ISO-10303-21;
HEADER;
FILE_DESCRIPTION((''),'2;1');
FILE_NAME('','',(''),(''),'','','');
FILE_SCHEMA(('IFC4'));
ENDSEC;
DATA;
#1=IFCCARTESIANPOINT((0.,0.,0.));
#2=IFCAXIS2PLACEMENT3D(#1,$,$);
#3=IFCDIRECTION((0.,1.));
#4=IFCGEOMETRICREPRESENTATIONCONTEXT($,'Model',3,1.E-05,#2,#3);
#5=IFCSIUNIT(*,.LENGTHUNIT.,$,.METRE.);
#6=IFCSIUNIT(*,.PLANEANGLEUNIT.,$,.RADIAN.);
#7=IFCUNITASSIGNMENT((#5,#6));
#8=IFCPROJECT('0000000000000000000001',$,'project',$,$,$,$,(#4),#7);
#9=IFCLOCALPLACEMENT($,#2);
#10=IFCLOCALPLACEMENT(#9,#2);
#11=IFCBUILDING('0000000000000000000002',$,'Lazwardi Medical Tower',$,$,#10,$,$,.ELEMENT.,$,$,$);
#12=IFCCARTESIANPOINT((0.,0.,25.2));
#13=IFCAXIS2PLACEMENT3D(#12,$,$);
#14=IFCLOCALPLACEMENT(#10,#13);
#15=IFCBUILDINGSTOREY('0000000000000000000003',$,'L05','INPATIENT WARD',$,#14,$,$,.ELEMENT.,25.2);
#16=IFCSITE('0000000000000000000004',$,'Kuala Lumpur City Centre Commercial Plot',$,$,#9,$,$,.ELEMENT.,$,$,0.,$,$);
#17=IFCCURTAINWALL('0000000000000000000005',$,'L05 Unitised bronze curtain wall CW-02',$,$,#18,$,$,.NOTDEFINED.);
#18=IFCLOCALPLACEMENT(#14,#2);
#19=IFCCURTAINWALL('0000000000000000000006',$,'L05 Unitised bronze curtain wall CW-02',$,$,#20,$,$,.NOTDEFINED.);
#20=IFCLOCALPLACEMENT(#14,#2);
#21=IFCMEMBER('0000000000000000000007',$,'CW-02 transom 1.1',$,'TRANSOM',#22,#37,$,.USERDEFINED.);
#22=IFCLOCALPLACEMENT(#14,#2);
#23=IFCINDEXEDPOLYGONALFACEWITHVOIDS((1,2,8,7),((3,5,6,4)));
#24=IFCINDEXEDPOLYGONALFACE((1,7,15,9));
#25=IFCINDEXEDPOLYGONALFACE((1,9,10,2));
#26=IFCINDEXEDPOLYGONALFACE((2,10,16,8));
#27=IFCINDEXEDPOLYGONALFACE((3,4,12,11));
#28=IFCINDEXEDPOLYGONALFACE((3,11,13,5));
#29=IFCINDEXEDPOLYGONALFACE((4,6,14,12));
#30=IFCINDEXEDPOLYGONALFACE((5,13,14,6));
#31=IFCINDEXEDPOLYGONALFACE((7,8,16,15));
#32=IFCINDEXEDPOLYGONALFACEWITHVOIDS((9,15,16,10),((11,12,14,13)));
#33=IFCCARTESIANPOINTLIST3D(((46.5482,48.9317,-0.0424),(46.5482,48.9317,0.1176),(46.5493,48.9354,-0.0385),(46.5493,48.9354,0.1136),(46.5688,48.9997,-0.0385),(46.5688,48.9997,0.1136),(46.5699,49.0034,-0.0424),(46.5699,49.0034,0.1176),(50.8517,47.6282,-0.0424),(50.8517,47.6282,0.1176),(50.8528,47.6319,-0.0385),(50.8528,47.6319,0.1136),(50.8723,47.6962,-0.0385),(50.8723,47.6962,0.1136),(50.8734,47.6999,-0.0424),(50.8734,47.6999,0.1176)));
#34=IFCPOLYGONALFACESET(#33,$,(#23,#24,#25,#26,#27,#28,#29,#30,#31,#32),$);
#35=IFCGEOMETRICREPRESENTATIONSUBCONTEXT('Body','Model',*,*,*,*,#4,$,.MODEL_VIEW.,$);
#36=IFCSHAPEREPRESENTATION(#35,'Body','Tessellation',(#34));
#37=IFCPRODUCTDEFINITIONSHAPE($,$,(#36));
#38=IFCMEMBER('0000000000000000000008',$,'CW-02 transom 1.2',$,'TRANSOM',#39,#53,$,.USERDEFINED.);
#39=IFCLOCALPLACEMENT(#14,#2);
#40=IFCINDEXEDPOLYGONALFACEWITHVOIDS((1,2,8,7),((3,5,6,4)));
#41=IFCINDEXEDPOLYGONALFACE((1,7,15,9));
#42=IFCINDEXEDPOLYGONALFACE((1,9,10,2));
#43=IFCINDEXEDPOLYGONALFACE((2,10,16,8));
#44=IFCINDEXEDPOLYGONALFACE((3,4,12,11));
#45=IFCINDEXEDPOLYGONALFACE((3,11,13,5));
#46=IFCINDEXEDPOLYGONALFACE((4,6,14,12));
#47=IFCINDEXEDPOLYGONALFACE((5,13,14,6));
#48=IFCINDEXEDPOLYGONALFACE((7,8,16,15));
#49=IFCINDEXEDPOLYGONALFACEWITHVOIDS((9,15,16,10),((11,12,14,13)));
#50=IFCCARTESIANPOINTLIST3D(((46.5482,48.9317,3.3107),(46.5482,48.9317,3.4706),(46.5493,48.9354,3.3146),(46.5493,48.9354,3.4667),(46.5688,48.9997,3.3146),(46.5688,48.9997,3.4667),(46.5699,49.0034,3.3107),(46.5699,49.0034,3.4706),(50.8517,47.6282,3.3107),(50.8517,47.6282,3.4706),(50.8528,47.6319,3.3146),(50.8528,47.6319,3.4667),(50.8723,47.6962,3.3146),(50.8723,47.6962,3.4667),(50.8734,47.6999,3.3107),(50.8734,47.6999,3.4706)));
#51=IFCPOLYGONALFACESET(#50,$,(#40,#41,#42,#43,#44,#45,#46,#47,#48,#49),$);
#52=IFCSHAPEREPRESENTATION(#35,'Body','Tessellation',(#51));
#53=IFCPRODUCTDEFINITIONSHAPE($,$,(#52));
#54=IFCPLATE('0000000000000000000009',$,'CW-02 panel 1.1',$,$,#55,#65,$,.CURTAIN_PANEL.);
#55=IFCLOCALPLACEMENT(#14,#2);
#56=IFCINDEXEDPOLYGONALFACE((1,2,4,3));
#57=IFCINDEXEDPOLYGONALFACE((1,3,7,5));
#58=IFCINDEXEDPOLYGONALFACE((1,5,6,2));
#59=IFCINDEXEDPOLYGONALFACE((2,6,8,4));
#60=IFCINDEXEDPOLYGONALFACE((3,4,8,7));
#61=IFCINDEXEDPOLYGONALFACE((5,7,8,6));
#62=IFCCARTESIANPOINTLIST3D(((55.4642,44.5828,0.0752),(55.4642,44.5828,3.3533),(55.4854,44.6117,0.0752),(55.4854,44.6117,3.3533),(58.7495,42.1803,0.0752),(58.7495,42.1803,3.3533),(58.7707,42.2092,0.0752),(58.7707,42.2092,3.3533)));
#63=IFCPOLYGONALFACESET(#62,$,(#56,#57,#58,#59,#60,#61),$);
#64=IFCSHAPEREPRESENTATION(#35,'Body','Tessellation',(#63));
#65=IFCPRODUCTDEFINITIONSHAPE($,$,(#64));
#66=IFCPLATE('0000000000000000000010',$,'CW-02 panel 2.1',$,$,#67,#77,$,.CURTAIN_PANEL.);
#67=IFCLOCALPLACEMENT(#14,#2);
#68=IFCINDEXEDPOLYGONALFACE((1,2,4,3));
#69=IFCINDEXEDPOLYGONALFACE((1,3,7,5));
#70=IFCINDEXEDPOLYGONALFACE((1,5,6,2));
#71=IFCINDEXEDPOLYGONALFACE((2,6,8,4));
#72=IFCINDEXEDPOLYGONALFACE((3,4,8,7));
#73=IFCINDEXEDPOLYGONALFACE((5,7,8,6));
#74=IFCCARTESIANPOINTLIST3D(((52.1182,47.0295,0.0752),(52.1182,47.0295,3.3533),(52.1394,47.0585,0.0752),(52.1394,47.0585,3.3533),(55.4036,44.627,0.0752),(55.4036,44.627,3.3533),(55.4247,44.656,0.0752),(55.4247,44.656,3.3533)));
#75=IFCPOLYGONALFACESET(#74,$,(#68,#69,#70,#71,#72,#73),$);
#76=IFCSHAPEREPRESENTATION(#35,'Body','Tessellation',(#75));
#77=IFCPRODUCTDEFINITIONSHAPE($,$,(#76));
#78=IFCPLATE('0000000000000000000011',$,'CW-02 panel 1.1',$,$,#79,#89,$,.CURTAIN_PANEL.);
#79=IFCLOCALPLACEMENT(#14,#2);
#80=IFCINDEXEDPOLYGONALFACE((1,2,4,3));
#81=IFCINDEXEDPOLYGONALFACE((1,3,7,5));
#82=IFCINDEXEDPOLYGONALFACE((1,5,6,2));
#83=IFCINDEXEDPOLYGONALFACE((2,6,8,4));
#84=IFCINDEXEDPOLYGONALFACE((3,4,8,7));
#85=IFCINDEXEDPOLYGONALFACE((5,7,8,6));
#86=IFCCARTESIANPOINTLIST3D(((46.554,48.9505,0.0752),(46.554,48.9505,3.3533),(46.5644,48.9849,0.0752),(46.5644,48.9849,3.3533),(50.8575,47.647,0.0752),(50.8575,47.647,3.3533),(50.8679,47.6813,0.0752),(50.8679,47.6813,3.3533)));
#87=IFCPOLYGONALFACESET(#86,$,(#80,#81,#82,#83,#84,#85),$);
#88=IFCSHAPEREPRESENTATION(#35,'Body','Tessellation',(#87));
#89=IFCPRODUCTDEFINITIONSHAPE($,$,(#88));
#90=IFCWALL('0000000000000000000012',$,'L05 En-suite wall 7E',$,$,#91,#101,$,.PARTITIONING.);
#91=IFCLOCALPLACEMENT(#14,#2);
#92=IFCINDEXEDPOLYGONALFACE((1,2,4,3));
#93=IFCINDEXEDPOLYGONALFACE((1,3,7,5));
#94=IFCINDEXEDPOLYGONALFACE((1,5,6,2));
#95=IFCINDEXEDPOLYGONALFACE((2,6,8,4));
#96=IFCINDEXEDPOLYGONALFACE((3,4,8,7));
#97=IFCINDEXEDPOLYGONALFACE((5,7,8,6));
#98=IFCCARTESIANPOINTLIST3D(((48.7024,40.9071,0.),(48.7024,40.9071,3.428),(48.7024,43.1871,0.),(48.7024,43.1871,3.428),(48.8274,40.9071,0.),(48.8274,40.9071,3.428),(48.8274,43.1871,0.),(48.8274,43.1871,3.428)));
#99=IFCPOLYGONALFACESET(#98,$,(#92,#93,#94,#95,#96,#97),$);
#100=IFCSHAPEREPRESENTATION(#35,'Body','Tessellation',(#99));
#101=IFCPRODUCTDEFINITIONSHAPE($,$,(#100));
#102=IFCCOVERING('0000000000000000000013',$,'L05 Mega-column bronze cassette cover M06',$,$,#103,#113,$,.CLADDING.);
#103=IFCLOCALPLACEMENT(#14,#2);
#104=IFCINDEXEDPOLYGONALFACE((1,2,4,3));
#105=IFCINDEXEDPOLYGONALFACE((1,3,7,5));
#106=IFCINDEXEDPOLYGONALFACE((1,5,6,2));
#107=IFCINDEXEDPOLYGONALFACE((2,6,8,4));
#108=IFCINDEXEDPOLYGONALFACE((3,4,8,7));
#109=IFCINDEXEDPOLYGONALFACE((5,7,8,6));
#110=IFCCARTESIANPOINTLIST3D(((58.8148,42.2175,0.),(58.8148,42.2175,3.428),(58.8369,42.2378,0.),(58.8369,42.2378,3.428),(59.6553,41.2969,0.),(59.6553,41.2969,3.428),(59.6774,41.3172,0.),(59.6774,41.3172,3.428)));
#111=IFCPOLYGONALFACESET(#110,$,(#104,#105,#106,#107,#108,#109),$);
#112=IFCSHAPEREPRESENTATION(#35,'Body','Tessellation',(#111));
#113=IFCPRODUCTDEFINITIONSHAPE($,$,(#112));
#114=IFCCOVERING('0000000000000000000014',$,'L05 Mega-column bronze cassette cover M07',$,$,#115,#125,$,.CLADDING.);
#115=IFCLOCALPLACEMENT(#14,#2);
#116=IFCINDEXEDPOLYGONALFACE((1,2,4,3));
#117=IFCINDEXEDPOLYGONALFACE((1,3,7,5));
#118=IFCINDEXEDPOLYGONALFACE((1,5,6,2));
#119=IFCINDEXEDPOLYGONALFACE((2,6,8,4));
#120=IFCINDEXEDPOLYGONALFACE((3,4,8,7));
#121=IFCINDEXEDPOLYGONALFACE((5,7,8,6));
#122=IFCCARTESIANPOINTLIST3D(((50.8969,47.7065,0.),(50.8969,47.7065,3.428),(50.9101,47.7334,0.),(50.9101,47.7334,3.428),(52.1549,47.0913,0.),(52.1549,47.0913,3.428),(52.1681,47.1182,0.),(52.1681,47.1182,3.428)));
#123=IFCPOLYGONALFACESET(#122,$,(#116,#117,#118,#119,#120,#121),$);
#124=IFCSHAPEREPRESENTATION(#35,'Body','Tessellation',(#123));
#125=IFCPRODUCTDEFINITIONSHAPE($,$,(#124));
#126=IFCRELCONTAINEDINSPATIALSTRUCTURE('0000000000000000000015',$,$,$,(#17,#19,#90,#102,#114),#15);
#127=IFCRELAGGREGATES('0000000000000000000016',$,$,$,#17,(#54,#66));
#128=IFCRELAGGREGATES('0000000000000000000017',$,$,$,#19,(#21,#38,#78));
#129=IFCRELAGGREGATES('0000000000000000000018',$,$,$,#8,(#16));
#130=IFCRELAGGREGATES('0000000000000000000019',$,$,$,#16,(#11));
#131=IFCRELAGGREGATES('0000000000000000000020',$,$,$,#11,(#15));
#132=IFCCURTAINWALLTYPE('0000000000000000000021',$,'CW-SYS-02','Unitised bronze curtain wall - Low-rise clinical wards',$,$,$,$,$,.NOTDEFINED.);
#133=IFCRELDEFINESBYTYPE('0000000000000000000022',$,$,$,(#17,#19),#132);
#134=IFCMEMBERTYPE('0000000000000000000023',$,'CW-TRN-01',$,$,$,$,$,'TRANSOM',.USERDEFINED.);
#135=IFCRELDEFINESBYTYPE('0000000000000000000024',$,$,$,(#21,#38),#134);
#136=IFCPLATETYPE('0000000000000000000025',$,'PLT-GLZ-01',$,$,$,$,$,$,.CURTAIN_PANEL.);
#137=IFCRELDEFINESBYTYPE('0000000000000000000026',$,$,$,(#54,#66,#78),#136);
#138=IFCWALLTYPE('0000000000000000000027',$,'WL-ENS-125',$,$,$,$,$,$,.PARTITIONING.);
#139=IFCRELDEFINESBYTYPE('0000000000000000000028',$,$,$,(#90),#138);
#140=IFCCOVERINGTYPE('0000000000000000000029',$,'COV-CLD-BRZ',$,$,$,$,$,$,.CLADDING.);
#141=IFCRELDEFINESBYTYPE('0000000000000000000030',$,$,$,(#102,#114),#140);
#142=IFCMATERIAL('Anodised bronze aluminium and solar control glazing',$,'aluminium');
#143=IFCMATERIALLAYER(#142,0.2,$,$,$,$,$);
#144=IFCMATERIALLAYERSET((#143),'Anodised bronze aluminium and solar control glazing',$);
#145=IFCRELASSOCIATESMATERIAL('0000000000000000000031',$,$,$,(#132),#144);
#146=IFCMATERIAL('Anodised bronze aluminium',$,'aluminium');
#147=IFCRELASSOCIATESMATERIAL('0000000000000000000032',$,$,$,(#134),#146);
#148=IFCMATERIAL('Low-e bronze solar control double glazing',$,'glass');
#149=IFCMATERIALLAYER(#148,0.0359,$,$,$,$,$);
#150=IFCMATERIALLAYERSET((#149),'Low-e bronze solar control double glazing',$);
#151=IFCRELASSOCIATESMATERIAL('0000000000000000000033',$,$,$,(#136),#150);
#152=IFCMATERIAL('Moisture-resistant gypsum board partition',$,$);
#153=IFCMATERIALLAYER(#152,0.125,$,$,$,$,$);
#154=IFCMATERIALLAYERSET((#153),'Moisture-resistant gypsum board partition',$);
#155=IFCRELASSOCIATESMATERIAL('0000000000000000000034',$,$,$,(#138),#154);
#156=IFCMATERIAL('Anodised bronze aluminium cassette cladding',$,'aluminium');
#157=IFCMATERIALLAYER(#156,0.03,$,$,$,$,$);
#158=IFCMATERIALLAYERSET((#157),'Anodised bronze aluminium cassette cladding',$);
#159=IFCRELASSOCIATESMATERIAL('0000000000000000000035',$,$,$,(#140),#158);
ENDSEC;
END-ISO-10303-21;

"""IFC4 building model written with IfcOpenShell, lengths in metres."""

from ifc_helpers import new_model, si_unit, direction, frame, frame_2d, origin, origin_2d, place, context, subcontext, project, spatial, rectangle, hollow_rectangle, extrude, material, layer, layer_set, material_profile, profile_set, type_object, element, aggregate, save


model = new_model("IFC4")

# Units and contexts
model_context = context("Model", 3, precision=1e-05, world=origin(), true_north=direction((0.0, 1.0)))
body_context = subcontext(model_context, "Body", "Model", "MODEL_VIEW")
ifc_project = project(units=[si_unit("LENGTHUNIT", "METRE"), si_unit("PLANEANGLEUNIT", "RADIAN")], contexts=[model_context])

# Site, building, storey
site_placement = place(None, origin())
site = spatial("IfcSite", under=ifc_project, at=site_placement, Name="Kuala Lumpur City Centre Commercial Plot", CompositionType="ELEMENT", RefElevation=0.0)
building_placement = place(site_placement, origin())
building = spatial("IfcBuilding", under=site, at=building_placement, Name="Lazwardi Medical Tower", CompositionType="ELEMENT")
storey_placement = place(building_placement, frame((0.0, 0.0, 25.2)))
storey = spatial("IfcBuildingStorey", under=building, at=storey_placement, Name="L05", Description="INPATIENT WARD", CompositionType="ELEMENT", Elevation=25.2)

# Shared definitions
ifc_material_1 = material(Name="Anodised bronze aluminium and solar control glazing", Category="aluminium")
ifc_layer_1 = layer(ifc_material_1, 0.2)
ifc_layer_set_1 = layer_set([ifc_layer_1], Name="Anodised bronze aluminium and solar control glazing")
curtain_wall_type = type_object("IfcCurtainWallType", Name="CW-SYS-02", Description="Unitised bronze curtain wall - Low-rise clinical wards", PredefinedType="NOTDEFINED", material=ifc_layer_set_1)
ifc_material_2 = material(Name="Anodised bronze aluminium", Category="aluminium")

# Curtain wall
curtain_wall_1_placement = place(storey_placement, origin())
curtain_wall_1 = element("IfcCurtainWall", 1, at=curtain_wall_1_placement, inside=storey, type_object=curtain_wall_type, Name="L05 Unitised bronze curtain wall CW-02", PredefinedType="NOTDEFINED")

# Curtain wall
curtain_wall_2_placement = place(storey_placement, origin())
curtain_wall_2 = element("IfcCurtainWall", 2, at=curtain_wall_2_placement, inside=storey, type_object=curtain_wall_type, Name="L05 Unitised bronze curtain wall CW-02", PredefinedType="NOTDEFINED")

# Members
ifc_material_profile_1 = material_profile(ifc_material_2, hollow_rectangle(XDim=0.075, YDim=0.1599, WallThickness=0.0039, at=origin_2d()), Name="ALU-TRANSOM 160x75x4")
ifc_profile_set_1 = profile_set([ifc_material_profile_1], Name="Anodised bronze aluminium")
member_type_1 = type_object("IfcMemberType", Name="CW-TRN-01", ElementType="TRANSOM", PredefinedType="USERDEFINED", material=ifc_profile_set_1)
member_1_placement = place(storey_placement, frame((50.8625, 47.6641, 0.0376), z_axis=(-0.957062, 0.289882, 0.0), x_axis=(-0.289882, -0.957062, 0.0)))
member_1 = element("IfcMember", 3, at=member_1_placement, type_object=member_type_1, Name="CW-02 transom 1.1", ObjectType="TRANSOM", PredefinedType="USERDEFINED", context=body_context, shape_type="SweptSolid", body=[
    extrude(hollow_rectangle(XDim=0.075, YDim=0.1599, WallThickness=0.0039, at=origin_2d()), origin(), (0.0, 0.0, 1.0), 4.4966),
])
member_2_placement = place(storey_placement, frame((50.8625, 47.6641, 3.3906), z_axis=(-0.957062, 0.289882, 0.0), x_axis=(-0.289882, -0.957062, 0.0)))
member_2 = element("IfcMember", 4, at=member_2_placement, type_object=member_type_1, Name="CW-02 transom 1.2", ObjectType="TRANSOM", PredefinedType="USERDEFINED", context=body_context, shape_type="SweptSolid", body=[
    extrude(hollow_rectangle(XDim=0.075, YDim=0.1599, WallThickness=0.0039, at=origin_2d()), origin(), (0.0, 0.0, 1.0), 4.4966),
])

# Plates
ifc_material_3 = material(Name="Low-e bronze solar control double glazing", Category="glass")
ifc_layer_2 = layer(ifc_material_3, 0.0359)
ifc_layer_set_2 = layer_set([ifc_layer_2], Name="Low-e bronze solar control double glazing")
plate_type = type_object("IfcPlateType", Name="PLT-GLZ-01", PredefinedType="CURTAIN_PANEL", material=ifc_layer_set_2)
plate_1_placement = place(storey_placement, frame((57.1174, 43.396, 0.0752), z_axis=(0.0, 0.0, 1.0), x_axis=(-0.807192, 0.590289, 0.0)))
plate_1 = element("IfcPlate", 5, at=plate_1_placement, type_object=plate_type, Name="CW-02 panel 1.1", PredefinedType="CURTAIN_PANEL", context=body_context, shape_type="SweptSolid", body=[
    extrude(rectangle(XDim=4.0701, YDim=0.0359, at=origin_2d()), origin(), (0.0, 0.0, 1.0), 3.2781),
])
plate_2_placement = place(storey_placement, frame((53.7715, 45.8428, 0.0752), z_axis=(0.0, 0.0, 1.0), x_axis=(-0.807192, 0.590289, 0.0)))
plate_2 = element("IfcPlate", 6, at=plate_2_placement, type_object=plate_type, Name="CW-02 panel 2.1", PredefinedType="CURTAIN_PANEL", context=body_context, shape_type="SweptSolid", body=[
    extrude(rectangle(XDim=4.0701, YDim=0.0359, at=origin_2d()), origin(), (0.0, 0.0, 1.0), 3.2781),
])
aggregate(curtain_wall_1, [plate_1, plate_2])
plate_3_placement = place(storey_placement, frame((48.7109, 48.3159, 0.0752), z_axis=(0.0, 0.0, 1.0), x_axis=(-0.957058, 0.289896, 0.0)))
plate_3 = element("IfcPlate", 7, at=plate_3_placement, type_object=plate_type, Name="CW-02 panel 1.1", PredefinedType="CURTAIN_PANEL", context=body_context, shape_type="SweptSolid", body=[
    extrude(rectangle(XDim=4.4966, YDim=0.0359, at=origin_2d()), origin(), (0.0, 0.0, 1.0), 3.2781),
])
aggregate(curtain_wall_2, [member_1, member_2, plate_3])

# Wall
ifc_material_4 = material(Name="Moisture-resistant gypsum board partition")
ifc_layer_3 = layer(ifc_material_4, 0.125)
ifc_layer_set_3 = layer_set([ifc_layer_3], Name="Moisture-resistant gypsum board partition")
wall_type = type_object("IfcWallType", Name="WL-ENS-125", PredefinedType="PARTITIONING", material=ifc_layer_set_3)
wall_placement = place(storey_placement, frame((48.7649, 40.907, 0.0), z_axis=(0.0, 0.0, 1.0), x_axis=(0.0, 1.0, 0.0)))
element("IfcWall", 8, at=wall_placement, inside=storey, type_object=wall_type, Name="L05 En-suite wall 7E", PredefinedType="PARTITIONING", context=body_context, shape_type="SweptSolid", body=[
    extrude(rectangle(XDim=2.28, YDim=0.125, at=frame_2d((1.1401, 0.0))), origin(), (0.0, 0.0, 1.0), 3.428),
])

# Coverings
ifc_material_5 = material(Name="Anodised bronze aluminium cassette cladding", Category="aluminium")
ifc_layer_4 = layer(ifc_material_5, 0.03)
ifc_layer_set_4 = layer_set([ifc_layer_4], Name="Anodised bronze aluminium cassette cladding")
covering_type = type_object("IfcCoveringType", Name="COV-CLD-BRZ", PredefinedType="CLADDING", material=ifc_layer_set_4)
covering_1_placement = place(storey_placement, frame((59.2461, 41.7673, 0.0), z_axis=(0.0, 0.0, 1.0), x_axis=(-0.674252, 0.738501, 0.0)))
element("IfcCovering", 9, at=covering_1_placement, inside=storey, type_object=covering_type, Name="L05 Mega-column bronze cassette cover M06", PredefinedType="CLADDING", context=body_context, shape_type="SweptSolid", body=[
    extrude(rectangle(XDim=1.2466, YDim=0.03, at=origin_2d()), origin(), (0.0, 0.0, 1.0), 3.428),
])
covering_2_placement = place(storey_placement, frame((51.5325, 47.4124, 0.0), z_axis=(0.0, 0.0, 1.0), x_axis=(-0.898334, 0.439312, 0.0)))
element("IfcCovering", 10, at=covering_2_placement, inside=storey, type_object=covering_type, Name="L05 Mega-column bronze cassette cover M07", PredefinedType="CLADDING", context=body_context, shape_type="SweptSolid", body=[
    extrude(rectangle(XDim=1.4004, YDim=0.03, at=origin_2d()), origin(), (0.0, 0.0, 1.0), 3.428),
])

save(model, "model.ifc")
